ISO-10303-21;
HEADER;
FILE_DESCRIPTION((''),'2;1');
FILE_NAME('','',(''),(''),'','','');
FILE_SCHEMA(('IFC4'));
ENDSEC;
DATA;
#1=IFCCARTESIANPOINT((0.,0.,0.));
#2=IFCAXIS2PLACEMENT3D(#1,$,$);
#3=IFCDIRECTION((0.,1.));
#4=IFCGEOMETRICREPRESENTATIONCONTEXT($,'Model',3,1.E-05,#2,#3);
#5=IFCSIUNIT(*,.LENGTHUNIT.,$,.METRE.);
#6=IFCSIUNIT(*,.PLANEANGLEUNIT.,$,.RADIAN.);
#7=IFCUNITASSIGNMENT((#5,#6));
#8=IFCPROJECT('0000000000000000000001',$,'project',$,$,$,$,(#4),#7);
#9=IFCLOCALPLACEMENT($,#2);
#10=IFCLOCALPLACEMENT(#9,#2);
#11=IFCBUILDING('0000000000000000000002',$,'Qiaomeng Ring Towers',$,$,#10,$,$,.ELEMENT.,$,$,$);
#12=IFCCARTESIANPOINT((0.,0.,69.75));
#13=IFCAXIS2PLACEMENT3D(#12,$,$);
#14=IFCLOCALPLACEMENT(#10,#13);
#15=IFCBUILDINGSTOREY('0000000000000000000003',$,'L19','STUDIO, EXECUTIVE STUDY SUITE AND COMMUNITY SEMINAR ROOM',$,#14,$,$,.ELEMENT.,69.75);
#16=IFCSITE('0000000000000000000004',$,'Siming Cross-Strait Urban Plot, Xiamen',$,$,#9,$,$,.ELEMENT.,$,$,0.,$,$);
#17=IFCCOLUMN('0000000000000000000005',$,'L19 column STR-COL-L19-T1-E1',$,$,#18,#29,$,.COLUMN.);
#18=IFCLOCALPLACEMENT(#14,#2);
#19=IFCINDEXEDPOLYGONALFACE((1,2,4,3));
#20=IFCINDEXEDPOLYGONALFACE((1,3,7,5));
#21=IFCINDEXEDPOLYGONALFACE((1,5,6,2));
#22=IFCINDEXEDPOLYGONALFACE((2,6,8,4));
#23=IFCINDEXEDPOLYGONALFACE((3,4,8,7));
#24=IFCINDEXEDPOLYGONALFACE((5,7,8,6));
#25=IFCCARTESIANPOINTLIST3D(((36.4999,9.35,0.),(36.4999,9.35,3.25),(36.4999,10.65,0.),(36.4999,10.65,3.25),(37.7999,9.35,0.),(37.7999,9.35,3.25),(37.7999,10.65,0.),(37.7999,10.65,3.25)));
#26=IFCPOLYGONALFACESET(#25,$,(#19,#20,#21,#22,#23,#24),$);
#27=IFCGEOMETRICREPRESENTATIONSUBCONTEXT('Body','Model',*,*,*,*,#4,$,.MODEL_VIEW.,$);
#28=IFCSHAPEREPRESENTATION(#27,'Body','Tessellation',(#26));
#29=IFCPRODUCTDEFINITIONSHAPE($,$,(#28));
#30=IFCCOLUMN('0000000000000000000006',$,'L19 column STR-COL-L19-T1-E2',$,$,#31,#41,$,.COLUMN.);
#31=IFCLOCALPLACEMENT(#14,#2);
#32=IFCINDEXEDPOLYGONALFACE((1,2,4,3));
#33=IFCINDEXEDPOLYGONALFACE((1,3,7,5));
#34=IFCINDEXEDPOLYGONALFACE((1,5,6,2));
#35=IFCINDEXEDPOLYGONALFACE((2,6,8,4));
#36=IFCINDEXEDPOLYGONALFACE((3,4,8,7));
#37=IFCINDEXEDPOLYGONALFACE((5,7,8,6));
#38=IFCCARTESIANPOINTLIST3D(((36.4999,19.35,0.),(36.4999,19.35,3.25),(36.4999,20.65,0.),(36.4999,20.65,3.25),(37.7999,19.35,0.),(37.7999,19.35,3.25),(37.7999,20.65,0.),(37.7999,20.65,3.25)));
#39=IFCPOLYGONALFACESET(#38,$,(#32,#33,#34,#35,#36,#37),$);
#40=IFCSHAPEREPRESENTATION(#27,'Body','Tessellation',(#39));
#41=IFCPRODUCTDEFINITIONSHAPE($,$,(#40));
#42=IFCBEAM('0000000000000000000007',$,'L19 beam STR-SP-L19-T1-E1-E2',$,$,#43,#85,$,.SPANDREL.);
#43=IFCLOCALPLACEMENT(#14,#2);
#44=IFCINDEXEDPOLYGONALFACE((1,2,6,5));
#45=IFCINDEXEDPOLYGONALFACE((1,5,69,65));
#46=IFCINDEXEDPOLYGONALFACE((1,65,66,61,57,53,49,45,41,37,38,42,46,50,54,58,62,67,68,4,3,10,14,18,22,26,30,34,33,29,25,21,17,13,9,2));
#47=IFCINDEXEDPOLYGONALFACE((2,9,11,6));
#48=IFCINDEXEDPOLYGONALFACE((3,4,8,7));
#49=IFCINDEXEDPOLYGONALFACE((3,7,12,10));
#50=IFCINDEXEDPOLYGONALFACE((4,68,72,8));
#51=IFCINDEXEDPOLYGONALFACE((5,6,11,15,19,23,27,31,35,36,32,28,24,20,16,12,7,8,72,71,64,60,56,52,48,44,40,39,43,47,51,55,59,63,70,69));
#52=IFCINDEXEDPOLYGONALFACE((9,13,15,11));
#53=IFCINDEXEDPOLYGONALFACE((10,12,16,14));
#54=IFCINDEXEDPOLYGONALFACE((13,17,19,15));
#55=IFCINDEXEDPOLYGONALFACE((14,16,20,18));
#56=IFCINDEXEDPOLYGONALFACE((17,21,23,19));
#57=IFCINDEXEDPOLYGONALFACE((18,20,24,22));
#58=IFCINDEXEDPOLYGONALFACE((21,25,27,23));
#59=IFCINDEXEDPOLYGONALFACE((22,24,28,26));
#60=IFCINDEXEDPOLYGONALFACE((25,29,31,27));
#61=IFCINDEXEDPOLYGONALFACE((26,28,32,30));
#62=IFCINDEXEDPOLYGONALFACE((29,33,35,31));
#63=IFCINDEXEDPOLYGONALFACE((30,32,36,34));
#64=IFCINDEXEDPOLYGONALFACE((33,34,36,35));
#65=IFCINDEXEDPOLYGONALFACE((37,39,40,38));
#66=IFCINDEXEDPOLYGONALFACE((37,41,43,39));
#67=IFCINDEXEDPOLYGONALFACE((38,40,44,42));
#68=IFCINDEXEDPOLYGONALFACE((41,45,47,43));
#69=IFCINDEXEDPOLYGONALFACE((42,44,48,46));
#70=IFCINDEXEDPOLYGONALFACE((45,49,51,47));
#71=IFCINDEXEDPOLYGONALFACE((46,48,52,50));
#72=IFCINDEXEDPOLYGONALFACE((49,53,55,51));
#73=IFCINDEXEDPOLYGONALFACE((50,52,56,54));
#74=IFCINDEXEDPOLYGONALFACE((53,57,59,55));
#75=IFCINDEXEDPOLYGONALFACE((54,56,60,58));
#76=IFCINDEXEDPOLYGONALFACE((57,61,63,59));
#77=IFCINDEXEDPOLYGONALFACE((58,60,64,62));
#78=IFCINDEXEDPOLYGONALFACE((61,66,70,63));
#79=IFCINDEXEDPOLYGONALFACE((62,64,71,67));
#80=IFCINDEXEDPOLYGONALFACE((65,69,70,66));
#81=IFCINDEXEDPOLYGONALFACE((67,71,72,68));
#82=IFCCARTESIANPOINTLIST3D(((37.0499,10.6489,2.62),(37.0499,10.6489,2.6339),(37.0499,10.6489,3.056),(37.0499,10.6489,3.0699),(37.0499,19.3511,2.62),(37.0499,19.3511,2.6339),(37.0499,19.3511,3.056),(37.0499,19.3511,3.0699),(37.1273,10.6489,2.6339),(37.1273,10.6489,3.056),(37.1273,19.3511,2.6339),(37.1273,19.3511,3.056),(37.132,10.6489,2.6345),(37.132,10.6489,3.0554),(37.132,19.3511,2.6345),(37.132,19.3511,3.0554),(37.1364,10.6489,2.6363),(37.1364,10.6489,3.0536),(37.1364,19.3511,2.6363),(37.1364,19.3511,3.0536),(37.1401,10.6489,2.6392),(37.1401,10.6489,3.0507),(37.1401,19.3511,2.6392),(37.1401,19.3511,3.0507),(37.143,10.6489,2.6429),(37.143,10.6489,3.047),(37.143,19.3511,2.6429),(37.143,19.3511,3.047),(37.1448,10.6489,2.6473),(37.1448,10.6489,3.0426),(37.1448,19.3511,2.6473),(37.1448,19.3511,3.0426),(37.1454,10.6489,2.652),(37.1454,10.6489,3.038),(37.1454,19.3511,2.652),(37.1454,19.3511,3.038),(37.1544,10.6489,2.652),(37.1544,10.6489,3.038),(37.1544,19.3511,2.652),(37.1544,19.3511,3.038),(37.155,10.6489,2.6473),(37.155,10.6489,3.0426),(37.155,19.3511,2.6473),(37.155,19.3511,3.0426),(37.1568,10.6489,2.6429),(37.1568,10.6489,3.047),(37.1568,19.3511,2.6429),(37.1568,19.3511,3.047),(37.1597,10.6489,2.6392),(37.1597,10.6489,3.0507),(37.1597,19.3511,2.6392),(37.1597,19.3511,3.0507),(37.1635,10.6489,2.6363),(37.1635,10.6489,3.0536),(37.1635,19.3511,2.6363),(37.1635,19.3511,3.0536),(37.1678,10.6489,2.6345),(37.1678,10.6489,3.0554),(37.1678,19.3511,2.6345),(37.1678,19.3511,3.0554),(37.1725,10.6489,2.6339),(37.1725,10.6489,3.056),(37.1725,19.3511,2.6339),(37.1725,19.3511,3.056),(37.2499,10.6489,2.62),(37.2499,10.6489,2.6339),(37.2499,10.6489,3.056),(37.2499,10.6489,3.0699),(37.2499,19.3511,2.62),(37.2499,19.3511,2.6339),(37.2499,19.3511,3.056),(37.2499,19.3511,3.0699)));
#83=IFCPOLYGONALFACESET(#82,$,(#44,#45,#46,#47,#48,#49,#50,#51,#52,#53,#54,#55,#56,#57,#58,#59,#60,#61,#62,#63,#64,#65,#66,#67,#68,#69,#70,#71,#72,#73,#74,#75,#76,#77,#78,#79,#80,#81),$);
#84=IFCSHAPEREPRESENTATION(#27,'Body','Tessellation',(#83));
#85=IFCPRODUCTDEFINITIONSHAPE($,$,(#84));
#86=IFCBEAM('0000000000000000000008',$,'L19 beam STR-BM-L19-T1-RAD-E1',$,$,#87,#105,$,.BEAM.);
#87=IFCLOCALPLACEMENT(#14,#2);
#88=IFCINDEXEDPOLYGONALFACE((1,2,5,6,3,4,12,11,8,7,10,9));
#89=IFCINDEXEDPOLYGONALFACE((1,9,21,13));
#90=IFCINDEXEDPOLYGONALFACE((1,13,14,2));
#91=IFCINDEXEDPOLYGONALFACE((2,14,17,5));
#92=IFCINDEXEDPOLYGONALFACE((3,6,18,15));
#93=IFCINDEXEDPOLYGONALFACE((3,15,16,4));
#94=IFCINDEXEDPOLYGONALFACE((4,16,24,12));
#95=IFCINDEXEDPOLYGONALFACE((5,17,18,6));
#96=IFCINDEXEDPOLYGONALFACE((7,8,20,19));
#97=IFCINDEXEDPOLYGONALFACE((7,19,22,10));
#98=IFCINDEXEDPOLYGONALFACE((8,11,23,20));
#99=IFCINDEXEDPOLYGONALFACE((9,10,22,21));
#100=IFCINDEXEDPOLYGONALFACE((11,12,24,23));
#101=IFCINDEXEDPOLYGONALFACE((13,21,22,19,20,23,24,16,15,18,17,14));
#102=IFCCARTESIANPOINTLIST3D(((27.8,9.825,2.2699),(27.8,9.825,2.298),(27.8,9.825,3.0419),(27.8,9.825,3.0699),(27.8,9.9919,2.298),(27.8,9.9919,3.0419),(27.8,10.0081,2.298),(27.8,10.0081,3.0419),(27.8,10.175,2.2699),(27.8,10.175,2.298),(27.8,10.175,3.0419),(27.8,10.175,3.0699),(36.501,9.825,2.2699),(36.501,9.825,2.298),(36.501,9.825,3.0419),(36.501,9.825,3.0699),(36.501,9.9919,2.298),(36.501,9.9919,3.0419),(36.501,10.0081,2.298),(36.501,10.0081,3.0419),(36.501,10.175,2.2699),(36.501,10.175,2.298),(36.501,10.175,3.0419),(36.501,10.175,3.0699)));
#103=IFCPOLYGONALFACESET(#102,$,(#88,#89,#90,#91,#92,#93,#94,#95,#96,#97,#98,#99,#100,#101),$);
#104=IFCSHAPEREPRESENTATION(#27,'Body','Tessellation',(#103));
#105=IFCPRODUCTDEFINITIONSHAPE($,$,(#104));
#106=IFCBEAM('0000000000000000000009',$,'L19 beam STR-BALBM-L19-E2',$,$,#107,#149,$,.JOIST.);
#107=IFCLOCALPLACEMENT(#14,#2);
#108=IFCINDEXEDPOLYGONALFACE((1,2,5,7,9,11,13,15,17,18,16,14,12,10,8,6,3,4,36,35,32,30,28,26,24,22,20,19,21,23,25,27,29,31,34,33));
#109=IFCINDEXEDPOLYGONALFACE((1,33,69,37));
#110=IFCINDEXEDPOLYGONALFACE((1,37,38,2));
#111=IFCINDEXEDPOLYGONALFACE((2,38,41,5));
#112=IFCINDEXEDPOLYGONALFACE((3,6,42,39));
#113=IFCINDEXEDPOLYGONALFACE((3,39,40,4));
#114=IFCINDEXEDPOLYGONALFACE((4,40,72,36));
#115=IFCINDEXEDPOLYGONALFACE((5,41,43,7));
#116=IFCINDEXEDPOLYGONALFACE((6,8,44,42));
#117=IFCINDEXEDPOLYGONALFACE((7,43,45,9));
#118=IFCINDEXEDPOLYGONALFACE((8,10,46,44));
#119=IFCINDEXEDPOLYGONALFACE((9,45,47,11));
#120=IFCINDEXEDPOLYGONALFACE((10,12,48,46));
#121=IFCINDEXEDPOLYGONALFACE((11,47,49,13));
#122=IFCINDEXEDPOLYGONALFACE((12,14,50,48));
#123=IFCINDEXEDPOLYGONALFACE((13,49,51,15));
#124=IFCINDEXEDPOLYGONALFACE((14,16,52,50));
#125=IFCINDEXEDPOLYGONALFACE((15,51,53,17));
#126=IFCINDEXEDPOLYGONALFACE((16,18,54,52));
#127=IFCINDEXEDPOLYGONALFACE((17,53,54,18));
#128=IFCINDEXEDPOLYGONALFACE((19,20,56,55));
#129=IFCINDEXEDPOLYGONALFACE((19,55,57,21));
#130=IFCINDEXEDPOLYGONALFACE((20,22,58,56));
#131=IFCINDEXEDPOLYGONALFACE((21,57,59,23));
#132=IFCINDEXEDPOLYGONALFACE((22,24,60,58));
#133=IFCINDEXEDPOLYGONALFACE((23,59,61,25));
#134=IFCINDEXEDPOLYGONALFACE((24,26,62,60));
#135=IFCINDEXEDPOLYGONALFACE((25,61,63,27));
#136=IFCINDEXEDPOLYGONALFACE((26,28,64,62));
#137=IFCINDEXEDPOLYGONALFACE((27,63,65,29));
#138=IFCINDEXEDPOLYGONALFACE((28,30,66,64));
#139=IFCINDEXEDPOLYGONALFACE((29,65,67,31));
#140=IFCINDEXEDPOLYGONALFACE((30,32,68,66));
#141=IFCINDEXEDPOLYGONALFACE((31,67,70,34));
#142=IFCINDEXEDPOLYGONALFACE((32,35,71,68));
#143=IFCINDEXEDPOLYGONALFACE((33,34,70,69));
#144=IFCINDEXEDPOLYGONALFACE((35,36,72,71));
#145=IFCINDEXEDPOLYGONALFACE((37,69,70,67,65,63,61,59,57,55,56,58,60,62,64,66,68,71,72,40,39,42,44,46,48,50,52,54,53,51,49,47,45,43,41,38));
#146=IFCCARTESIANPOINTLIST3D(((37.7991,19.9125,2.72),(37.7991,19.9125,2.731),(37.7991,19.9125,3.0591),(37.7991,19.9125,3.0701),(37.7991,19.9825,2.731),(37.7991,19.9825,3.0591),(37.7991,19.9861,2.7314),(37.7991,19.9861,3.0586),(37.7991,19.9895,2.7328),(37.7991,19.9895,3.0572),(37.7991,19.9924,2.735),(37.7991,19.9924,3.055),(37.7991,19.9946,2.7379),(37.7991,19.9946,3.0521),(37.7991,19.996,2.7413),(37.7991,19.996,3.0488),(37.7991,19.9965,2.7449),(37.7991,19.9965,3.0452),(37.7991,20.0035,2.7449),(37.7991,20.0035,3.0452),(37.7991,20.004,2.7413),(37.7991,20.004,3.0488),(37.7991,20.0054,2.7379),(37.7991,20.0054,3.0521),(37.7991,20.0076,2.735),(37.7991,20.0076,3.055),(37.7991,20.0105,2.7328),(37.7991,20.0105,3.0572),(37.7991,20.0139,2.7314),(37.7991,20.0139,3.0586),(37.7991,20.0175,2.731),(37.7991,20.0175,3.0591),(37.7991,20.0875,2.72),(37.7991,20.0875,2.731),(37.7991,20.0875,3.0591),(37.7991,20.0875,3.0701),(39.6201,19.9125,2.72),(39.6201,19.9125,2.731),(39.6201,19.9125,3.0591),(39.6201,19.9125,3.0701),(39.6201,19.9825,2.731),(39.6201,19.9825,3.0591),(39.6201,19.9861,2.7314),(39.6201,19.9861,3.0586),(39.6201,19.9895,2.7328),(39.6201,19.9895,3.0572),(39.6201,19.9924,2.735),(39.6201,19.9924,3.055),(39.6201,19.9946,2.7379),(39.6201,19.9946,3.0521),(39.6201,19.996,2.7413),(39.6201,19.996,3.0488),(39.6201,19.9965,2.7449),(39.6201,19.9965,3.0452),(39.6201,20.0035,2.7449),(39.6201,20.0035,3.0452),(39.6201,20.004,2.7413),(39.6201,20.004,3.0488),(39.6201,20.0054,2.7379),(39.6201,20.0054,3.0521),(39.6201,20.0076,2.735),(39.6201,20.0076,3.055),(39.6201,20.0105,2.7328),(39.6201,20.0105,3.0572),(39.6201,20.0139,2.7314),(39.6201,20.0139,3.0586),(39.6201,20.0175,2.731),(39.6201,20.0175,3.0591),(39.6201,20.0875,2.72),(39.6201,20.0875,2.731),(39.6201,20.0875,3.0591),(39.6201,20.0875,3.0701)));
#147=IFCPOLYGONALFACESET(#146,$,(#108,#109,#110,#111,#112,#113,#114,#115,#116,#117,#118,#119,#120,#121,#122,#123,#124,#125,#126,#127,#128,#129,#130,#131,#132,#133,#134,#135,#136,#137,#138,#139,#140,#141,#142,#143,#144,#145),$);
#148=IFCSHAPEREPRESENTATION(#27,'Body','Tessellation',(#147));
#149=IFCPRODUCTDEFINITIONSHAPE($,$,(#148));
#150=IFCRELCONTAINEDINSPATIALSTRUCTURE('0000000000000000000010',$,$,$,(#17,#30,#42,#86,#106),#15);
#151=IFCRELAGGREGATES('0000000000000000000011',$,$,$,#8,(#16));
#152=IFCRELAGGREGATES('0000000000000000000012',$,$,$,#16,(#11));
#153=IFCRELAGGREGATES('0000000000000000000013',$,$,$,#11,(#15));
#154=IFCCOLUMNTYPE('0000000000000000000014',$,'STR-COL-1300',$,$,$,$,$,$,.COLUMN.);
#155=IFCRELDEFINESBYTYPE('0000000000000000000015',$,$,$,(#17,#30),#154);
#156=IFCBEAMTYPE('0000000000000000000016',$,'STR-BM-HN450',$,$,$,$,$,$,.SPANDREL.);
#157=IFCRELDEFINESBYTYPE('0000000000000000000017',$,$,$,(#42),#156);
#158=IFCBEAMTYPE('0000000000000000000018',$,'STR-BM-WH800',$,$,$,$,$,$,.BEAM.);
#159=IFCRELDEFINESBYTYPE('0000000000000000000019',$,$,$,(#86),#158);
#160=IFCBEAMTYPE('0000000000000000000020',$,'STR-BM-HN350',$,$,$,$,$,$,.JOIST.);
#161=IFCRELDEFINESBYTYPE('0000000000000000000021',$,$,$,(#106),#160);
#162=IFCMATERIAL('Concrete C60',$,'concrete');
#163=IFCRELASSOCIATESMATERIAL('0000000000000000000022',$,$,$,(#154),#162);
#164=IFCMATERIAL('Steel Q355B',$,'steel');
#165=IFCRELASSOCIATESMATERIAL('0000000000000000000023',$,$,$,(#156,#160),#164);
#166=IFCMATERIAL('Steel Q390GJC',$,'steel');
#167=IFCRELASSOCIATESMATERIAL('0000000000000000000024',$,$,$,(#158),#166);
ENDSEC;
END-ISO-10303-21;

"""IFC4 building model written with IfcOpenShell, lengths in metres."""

from ifc_helpers import new_model, si_unit, direction, frame, origin, origin_2d, place, context, subcontext, project, spatial, rectangle, i_section, extrude, source, transform, mapped, material, material_profile, profile_set, type_object, element, save


model = new_model("IFC4")

# Units and contexts
model_context = context("Model", 3, precision=1e-05, world=origin(), true_north=direction((0.0, 1.0)))
body_context = subcontext(model_context, "Body", "Model", "MODEL_VIEW")
ifc_project = project(units=[si_unit("LENGTHUNIT", "METRE"), si_unit("PLANEANGLEUNIT", "RADIAN")], contexts=[model_context])

# Site, building, storey
site_placement = place(None, origin())
site = spatial("IfcSite", under=ifc_project, at=site_placement, Name="Siming Cross-Strait Urban Plot, Xiamen", CompositionType="ELEMENT", RefElevation=0.0)
building_placement = place(site_placement, origin())
building = spatial("IfcBuilding", under=site, at=building_placement, Name="Qiaomeng Ring Towers", CompositionType="ELEMENT")
storey_placement = place(building_placement, frame((0.0, 0.0, 69.75)))
storey = spatial("IfcBuildingStorey", under=building, at=storey_placement, Name="L19", Description="STUDIO, EXECUTIVE STUDY SUITE AND COMMUNITY SEMINAR ROOM", CompositionType="ELEMENT", Elevation=69.75)

# Columns
ifc_material_1 = material(Name="Concrete C60", Category="concrete")
ifc_material_profile_1 = material_profile(ifc_material_1, rectangle(XDim=1.3, YDim=1.3, at=origin_2d()), Name="RC COL 1300x1300")
ifc_profile_set_1 = profile_set([ifc_material_profile_1], Name="Concrete C60")
column_type = type_object("IfcColumnType", Name="STR-COL-1300", PredefinedType="COLUMN", material=ifc_profile_set_1)
shared_shape_1 = source(origin(), body_context, "Body", "SweptSolid", [
    extrude(rectangle(XDim=1.3, YDim=1.3, at=origin_2d()), origin(), (0.0, 0.0, 1.0), 3.25),
])
for number, where, z_axis, x_axis, name in (
    (1, (37.1499, 10.0, 0.0), (0.0, 0.0, 1.0), (1.0, 0.0, 0.0), "L19 column STR-COL-L19-T1-E1"),
    (2, (37.1499, 20.0, 0.0), (0.0, 0.0, 1.0), (1.0, 0.0, 0.0), "L19 column STR-COL-L19-T1-E2"),
):
    element("IfcColumn", number, at=place(storey_placement, frame(where, z_axis=z_axis, x_axis=x_axis)), inside=storey, type_object=column_type, Name=name, PredefinedType="COLUMN", context=body_context, shape_type="MappedRepresentation", body=[
        mapped(shared_shape_1, transform((0.0, 0.0, 0.0), x_axis=(1.0, 0.0, 0.0), y_axis=(0.0, 1.0, 0.0), z_axis=(0.0, 0.0, 1.0), scale=1.0)),
    ])

# Beams
ifc_material_2 = material(Name="Steel Q355B", Category="steel")
ifc_material_profile_2 = material_profile(ifc_material_2, i_section(OverallWidth=0.2, OverallDepth=0.45, WebThickness=0.009, FlangeThickness=0.0139, FilletRadius=0.0181, at=origin_2d()), Name="HN 450x200x9x14")
ifc_profile_set_2 = profile_set([ifc_material_profile_2], Name="Steel Q355B")
beam_type_1 = type_object("IfcBeamType", Name="STR-BM-HN450", PredefinedType="SPANDREL", material=ifc_profile_set_2)
shared_shape_2 = source(origin(), body_context, "Body", "SweptSolid", [
    extrude(i_section(OverallWidth=0.2, OverallDepth=0.45, WebThickness=0.009, FlangeThickness=0.0139, FilletRadius=0.0181, at=origin_2d()), origin(), (0.0, 0.0, 1.0), 8.7021),
])
beam_1_placement = place(storey_placement, frame((37.1499, 10.6489, 2.845), z_axis=(0.0, 1.0, 0.0), x_axis=(-1.0, 0.0, 0.0)))
element("IfcBeam", 3, at=beam_1_placement, inside=storey, type_object=beam_type_1, Name="L19 beam STR-SP-L19-T1-E1-E2", PredefinedType="SPANDREL", context=body_context, shape_type="MappedRepresentation", body=[
    mapped(shared_shape_2, transform((0.0, 0.0, 0.0), x_axis=(1.0, 0.0, 0.0), y_axis=(0.0, 1.0, 0.0), z_axis=(0.0, 0.0, 1.0), scale=1.0)),
])
ifc_material_3 = material(Name="Steel Q390GJC", Category="steel")
ifc_material_profile_3 = material_profile(ifc_material_3, i_section(OverallWidth=0.3501, OverallDepth=0.8, WebThickness=0.0161, FlangeThickness=0.0281, at=origin_2d()), Name="WH 800x350x16x28")
ifc_profile_set_3 = profile_set([ifc_material_profile_3], Name="Steel Q390GJC")
beam_type_2 = type_object("IfcBeamType", Name="STR-BM-WH800", PredefinedType="BEAM", material=ifc_profile_set_3)
shared_shape_3 = source(origin(), body_context, "Body", "SweptSolid", [
    extrude(i_section(OverallWidth=0.3501, OverallDepth=0.8, WebThickness=0.0161, FlangeThickness=0.0281, at=origin_2d()), origin(), (0.0, 0.0, 1.0), 8.7009),
])
beam_2_placement = place(storey_placement, frame((27.8, 10.0, 2.6699), z_axis=(1.0, 0.0, 0.0), x_axis=(0.0, 1.0, 0.0)))
element("IfcBeam", 4, at=beam_2_placement, inside=storey, type_object=beam_type_2, Name="L19 beam STR-BM-L19-T1-RAD-E1", PredefinedType="BEAM", context=body_context, shape_type="MappedRepresentation", body=[
    mapped(shared_shape_3, transform((0.0, 0.0, 0.0), x_axis=(1.0, 0.0, 0.0), y_axis=(0.0, 1.0, 0.0), z_axis=(0.0, 0.0, 1.0), scale=1.0)),
])
ifc_material_profile_4 = material_profile(ifc_material_2, i_section(OverallWidth=0.175, OverallDepth=0.3501, WebThickness=0.0071, FlangeThickness=0.011, FilletRadius=0.0139, at=origin_2d()), Name="HN 350x175x7x11")
ifc_profile_set_4 = profile_set([ifc_material_profile_4], Name="Steel Q355B")
beam_type_3 = type_object("IfcBeamType", Name="STR-BM-HN350", PredefinedType="JOIST", material=ifc_profile_set_4)
shared_shape_4 = source(origin(), body_context, "Body", "SweptSolid", [
    extrude(i_section(OverallWidth=0.175, OverallDepth=0.3501, WebThickness=0.0071, FlangeThickness=0.011, FilletRadius=0.0139, at=origin_2d()), origin(), (0.0, 0.0, 1.0), 1.821),
])
beam_3_placement = place(storey_placement, frame((37.7991, 20.0, 2.895), z_axis=(1.0, 0.0, 0.0), x_axis=(0.0, 1.0, 0.0)))
element("IfcBeam", 5, at=beam_3_placement, inside=storey, type_object=beam_type_3, Name="L19 beam STR-BALBM-L19-E2", PredefinedType="JOIST", context=body_context, shape_type="MappedRepresentation", body=[
    mapped(shared_shape_4, transform((0.0, 0.0, 0.0), x_axis=(1.0, 0.0, 0.0), y_axis=(0.0, 1.0, 0.0), z_axis=(0.0, 0.0, 1.0), scale=1.0)),
])

save(model, "model.ifc")
